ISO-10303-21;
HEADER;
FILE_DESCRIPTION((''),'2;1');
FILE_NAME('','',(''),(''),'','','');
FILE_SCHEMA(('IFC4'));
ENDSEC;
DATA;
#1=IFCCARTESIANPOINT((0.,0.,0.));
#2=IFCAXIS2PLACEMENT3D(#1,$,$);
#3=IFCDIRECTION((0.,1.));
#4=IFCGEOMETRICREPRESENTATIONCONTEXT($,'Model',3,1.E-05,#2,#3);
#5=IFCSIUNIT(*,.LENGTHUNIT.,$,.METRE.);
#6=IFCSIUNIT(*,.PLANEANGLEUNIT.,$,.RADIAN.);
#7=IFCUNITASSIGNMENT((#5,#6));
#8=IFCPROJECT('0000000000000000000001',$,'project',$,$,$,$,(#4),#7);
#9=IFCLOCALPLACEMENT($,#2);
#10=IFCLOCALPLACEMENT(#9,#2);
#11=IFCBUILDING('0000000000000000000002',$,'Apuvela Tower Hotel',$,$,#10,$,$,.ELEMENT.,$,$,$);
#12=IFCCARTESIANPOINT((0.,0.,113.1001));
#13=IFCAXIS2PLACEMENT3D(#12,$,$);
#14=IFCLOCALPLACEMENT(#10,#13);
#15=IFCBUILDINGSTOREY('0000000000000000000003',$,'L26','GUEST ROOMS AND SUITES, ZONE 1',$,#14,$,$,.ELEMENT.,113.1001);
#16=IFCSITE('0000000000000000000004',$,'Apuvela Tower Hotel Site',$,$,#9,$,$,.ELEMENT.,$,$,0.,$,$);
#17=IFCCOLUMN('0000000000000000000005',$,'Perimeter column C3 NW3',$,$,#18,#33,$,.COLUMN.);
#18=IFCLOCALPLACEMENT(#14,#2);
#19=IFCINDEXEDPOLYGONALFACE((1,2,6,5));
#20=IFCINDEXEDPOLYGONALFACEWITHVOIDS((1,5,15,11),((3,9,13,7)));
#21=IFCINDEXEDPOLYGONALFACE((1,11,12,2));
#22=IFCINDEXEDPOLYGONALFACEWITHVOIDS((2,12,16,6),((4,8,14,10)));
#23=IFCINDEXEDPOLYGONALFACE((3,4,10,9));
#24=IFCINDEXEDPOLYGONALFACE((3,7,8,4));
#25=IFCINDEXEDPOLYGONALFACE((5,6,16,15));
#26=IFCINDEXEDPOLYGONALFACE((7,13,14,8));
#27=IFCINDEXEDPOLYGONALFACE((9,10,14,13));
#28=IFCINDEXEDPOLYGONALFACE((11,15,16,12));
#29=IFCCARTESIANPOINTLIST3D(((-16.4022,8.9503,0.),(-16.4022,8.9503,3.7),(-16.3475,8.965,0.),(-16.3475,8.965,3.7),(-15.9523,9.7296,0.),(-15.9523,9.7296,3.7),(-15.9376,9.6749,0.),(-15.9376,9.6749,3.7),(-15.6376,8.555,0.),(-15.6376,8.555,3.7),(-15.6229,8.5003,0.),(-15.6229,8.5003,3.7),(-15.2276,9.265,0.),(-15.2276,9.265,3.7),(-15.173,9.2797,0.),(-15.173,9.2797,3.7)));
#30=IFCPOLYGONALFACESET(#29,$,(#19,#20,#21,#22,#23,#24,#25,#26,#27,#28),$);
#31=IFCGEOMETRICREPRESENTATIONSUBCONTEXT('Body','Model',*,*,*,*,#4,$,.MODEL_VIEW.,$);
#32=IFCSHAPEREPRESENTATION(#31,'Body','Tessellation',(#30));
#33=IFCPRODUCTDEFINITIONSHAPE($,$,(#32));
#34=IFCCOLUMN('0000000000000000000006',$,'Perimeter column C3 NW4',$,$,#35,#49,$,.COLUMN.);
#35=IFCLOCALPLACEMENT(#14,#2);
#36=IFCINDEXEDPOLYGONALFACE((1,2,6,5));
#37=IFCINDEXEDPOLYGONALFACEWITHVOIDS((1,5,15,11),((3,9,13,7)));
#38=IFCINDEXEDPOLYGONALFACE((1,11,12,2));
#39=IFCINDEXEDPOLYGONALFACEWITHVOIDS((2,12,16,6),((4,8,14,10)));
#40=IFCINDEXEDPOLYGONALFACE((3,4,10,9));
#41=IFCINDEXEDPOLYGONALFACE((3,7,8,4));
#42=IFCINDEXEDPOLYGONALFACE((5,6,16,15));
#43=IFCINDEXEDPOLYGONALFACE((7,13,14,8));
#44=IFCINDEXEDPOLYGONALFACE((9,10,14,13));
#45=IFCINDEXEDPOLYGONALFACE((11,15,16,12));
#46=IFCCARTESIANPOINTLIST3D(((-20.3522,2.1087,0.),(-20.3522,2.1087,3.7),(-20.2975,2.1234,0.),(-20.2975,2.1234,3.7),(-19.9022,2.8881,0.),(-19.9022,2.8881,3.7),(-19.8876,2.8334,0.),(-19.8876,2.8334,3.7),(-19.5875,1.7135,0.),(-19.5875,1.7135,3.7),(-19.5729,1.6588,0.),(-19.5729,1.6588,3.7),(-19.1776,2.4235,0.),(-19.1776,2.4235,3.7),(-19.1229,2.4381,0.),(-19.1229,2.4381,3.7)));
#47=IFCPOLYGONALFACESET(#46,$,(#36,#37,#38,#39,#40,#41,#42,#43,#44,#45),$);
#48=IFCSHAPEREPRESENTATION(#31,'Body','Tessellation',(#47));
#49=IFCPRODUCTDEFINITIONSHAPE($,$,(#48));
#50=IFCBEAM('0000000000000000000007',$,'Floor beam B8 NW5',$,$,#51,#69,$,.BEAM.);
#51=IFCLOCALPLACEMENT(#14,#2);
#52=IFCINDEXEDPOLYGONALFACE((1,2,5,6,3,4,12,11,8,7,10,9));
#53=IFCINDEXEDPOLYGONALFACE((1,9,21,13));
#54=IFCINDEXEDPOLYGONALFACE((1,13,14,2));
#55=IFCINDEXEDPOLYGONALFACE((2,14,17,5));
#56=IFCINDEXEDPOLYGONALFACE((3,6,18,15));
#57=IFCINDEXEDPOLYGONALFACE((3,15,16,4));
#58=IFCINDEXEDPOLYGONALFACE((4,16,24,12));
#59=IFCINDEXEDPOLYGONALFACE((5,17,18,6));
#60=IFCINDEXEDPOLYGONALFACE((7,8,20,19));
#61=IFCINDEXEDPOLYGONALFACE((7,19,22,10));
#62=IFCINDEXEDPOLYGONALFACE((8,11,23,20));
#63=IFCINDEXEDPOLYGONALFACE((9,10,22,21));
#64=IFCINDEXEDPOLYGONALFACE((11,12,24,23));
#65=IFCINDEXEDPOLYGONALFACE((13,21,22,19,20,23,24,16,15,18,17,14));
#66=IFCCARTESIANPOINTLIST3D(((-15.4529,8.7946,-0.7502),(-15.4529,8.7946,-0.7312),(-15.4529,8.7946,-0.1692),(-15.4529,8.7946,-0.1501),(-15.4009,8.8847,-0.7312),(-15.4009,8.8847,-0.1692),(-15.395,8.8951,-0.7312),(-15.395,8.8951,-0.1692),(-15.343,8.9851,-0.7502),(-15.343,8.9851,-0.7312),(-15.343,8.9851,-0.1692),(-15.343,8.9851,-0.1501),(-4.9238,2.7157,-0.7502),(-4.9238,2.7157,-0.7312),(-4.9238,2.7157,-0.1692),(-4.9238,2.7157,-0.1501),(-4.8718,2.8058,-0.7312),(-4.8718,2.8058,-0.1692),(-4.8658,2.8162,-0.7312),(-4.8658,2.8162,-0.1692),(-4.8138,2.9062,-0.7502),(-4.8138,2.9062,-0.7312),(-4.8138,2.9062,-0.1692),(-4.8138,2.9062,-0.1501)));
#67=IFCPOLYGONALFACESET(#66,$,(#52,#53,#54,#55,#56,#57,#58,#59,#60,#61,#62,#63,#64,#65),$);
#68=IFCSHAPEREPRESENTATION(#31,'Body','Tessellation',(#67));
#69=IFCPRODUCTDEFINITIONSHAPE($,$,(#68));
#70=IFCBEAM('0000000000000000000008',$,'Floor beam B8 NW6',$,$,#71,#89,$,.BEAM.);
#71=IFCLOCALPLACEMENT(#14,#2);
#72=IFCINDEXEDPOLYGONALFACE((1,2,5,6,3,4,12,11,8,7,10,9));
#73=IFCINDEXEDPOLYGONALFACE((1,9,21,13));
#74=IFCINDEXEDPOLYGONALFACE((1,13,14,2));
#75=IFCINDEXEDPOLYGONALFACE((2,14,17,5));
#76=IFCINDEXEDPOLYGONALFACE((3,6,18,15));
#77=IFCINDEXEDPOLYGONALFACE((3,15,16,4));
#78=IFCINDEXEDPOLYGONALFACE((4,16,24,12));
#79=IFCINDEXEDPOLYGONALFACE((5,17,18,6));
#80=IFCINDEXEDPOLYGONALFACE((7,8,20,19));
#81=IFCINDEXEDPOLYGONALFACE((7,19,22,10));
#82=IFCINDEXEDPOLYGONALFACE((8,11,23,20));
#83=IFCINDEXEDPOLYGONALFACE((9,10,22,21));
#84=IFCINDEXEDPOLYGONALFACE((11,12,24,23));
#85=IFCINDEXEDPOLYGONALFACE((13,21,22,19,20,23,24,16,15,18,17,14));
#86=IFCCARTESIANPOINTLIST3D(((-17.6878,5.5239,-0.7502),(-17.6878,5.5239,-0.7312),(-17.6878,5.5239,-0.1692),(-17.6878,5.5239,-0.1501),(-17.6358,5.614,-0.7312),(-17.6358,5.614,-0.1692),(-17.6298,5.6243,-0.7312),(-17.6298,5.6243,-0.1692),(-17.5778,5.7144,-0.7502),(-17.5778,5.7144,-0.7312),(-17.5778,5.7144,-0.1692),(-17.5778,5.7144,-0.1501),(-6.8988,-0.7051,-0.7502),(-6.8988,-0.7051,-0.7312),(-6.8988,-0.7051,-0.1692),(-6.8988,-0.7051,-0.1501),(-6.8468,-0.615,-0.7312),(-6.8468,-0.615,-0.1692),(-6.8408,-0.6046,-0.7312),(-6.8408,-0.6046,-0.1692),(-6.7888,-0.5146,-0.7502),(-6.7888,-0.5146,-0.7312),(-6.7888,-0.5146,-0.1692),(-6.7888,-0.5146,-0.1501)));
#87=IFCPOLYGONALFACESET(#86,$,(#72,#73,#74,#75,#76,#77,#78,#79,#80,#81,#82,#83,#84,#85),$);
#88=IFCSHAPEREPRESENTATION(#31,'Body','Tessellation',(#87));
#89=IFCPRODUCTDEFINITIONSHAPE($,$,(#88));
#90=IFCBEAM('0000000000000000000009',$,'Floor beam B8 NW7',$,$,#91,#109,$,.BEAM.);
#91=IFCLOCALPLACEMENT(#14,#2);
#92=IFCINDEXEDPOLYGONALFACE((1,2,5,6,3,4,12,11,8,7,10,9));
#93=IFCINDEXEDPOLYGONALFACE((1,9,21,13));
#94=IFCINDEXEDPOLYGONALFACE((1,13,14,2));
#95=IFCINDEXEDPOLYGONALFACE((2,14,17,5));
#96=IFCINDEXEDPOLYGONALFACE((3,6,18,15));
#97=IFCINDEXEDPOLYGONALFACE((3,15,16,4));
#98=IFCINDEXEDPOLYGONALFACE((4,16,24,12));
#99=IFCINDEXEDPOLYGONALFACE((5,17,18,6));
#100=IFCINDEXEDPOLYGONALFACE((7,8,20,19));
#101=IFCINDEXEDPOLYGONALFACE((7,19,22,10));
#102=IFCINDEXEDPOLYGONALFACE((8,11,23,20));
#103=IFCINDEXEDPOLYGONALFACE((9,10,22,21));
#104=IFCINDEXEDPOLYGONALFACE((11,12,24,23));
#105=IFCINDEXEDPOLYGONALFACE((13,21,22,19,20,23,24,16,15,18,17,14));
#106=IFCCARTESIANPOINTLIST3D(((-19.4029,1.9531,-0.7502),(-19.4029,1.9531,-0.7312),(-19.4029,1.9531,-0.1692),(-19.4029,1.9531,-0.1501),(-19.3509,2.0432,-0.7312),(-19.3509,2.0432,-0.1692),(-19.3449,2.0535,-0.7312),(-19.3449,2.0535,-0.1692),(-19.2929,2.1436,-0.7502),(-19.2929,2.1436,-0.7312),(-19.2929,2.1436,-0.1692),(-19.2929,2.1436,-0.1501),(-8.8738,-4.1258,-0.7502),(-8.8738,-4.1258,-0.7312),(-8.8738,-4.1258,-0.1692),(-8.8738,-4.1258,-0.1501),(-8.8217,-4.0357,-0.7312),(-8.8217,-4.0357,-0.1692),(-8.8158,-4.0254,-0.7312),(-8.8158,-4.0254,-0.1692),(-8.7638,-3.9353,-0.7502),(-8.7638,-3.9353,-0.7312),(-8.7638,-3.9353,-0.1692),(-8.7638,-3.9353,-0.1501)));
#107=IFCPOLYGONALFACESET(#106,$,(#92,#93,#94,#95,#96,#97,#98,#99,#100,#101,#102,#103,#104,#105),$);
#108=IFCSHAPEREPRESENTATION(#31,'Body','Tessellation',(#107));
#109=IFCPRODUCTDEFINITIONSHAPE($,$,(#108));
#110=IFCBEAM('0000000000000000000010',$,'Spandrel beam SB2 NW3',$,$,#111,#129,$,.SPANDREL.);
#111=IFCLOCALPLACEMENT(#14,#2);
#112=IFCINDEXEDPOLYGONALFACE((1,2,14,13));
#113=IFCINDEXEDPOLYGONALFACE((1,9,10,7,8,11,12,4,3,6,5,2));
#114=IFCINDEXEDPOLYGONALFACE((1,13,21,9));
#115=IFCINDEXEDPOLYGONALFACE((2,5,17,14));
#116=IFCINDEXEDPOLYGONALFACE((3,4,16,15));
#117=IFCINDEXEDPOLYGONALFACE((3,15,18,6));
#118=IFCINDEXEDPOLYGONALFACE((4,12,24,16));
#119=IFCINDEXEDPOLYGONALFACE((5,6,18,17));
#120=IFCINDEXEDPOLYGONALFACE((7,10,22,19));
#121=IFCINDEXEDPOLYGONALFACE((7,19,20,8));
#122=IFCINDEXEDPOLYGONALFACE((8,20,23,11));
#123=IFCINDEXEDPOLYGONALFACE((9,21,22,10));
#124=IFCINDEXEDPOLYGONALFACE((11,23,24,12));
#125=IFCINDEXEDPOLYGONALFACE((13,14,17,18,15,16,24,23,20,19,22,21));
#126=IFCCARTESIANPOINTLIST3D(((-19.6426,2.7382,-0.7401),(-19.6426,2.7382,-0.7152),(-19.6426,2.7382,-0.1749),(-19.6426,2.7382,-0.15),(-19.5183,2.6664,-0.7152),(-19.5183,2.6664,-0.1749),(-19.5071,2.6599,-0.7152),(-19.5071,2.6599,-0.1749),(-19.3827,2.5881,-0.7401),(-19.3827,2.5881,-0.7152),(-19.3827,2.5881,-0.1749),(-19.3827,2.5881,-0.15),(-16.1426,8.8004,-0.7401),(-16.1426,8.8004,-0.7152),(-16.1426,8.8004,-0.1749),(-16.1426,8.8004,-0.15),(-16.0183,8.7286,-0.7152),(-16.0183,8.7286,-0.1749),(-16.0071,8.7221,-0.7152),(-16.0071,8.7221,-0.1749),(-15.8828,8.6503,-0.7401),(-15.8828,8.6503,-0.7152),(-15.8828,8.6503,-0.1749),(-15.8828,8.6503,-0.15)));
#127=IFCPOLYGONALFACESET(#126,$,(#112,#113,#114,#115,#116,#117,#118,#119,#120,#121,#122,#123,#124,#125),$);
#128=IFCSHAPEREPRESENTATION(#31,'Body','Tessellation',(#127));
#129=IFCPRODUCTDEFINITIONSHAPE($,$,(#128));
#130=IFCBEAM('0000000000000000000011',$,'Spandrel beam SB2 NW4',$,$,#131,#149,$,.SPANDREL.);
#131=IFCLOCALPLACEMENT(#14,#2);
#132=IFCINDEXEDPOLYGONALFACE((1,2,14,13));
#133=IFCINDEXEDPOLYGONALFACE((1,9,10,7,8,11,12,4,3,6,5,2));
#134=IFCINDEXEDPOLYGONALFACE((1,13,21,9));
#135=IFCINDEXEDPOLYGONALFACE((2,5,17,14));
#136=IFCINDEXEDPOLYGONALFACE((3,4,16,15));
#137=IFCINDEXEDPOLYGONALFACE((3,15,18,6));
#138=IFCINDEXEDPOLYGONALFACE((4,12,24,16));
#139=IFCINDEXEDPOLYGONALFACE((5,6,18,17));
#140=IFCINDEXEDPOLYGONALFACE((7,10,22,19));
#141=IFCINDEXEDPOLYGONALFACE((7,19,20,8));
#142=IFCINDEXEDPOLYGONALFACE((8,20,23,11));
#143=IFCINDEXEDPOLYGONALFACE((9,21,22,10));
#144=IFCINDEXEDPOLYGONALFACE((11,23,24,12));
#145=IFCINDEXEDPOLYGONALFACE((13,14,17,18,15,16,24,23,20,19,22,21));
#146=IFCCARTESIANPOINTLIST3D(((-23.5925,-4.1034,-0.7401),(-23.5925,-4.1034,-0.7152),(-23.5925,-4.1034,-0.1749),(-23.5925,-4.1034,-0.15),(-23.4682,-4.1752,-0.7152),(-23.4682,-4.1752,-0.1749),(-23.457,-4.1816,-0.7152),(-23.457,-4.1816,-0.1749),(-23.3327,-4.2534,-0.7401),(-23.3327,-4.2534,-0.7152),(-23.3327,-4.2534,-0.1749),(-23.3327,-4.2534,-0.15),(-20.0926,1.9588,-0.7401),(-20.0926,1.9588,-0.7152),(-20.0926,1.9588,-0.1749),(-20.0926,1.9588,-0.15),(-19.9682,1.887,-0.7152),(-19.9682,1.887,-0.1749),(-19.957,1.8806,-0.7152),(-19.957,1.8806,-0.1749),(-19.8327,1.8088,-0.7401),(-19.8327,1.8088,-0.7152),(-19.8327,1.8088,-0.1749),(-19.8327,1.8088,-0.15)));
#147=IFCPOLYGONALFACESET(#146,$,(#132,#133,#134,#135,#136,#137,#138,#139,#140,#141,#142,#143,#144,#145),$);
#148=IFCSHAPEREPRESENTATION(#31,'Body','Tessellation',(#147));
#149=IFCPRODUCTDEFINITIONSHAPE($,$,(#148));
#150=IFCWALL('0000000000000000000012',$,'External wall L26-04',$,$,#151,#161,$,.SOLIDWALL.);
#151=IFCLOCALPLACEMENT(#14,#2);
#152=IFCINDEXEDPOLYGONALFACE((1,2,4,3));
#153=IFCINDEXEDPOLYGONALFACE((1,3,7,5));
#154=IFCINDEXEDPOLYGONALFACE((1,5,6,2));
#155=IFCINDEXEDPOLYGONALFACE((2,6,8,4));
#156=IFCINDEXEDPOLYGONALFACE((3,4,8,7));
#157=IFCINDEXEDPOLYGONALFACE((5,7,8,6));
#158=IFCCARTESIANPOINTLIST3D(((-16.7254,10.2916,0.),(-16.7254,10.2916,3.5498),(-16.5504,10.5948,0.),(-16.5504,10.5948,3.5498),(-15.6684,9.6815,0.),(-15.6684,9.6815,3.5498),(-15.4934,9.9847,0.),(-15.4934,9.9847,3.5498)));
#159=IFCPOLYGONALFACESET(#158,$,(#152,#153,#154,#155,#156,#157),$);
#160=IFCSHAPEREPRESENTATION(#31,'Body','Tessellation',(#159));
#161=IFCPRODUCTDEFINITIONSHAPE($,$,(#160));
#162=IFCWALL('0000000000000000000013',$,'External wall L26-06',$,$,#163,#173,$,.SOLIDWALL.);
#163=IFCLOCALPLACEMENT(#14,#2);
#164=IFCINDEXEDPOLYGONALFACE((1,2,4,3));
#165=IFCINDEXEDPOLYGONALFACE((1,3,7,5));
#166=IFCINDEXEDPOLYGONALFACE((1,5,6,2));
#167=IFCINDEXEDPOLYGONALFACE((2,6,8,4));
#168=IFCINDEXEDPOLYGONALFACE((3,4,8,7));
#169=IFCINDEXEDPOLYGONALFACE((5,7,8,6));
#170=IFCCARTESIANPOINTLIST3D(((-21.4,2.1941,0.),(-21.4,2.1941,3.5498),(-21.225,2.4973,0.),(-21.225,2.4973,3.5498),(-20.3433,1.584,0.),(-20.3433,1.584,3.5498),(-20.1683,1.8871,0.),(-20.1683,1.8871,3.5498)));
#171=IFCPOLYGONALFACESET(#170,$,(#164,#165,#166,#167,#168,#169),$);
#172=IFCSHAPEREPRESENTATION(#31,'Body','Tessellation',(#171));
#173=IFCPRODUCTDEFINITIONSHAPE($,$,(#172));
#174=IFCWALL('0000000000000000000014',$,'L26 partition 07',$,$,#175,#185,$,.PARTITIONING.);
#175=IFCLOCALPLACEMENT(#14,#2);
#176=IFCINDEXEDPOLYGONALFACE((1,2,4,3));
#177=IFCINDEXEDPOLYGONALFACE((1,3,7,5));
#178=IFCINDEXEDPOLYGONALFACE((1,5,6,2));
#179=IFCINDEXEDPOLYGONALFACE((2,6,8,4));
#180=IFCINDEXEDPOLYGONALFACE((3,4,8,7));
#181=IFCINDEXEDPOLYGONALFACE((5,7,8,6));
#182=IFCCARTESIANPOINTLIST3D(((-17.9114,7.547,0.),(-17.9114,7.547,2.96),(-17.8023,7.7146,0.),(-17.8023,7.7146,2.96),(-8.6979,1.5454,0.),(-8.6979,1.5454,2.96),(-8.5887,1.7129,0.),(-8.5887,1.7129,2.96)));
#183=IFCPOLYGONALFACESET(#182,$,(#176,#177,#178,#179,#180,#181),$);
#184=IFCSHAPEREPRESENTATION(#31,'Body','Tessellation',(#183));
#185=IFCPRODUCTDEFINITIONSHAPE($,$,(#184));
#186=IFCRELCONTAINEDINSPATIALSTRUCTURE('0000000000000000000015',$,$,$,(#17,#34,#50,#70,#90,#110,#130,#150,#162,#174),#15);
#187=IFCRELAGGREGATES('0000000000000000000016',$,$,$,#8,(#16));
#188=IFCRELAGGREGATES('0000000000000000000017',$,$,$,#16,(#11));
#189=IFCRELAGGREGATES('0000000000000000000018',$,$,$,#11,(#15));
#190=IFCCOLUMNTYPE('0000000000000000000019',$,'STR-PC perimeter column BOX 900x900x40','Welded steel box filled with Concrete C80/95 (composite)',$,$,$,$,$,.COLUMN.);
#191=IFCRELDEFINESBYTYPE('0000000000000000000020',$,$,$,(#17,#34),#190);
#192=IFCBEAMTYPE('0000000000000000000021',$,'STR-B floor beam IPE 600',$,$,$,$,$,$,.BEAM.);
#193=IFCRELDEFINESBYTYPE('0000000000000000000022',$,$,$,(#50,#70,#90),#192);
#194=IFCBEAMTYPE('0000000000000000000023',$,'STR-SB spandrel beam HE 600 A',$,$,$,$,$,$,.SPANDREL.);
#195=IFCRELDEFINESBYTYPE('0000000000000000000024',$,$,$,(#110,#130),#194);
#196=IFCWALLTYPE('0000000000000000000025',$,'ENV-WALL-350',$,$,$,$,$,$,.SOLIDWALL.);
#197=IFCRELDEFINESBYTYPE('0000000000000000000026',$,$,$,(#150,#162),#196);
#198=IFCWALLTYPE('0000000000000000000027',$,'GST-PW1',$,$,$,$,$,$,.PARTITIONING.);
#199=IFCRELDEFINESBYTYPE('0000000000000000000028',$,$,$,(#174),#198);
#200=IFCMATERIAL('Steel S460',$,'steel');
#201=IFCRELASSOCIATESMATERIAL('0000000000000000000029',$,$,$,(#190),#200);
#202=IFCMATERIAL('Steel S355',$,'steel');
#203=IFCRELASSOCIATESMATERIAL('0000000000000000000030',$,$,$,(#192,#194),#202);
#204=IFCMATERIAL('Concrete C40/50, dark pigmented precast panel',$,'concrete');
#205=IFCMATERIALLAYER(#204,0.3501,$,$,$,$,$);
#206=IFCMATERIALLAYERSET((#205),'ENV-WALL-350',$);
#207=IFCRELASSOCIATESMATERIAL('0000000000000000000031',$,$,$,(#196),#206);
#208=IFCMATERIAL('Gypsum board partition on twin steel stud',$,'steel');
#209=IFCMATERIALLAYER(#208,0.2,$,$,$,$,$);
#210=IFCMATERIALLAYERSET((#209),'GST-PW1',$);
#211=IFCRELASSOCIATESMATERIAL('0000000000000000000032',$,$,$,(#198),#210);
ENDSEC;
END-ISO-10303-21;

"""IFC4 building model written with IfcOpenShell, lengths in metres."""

from ifc_helpers import new_model, si_unit, direction, frame, frame_2d, origin, origin_2d, place, context, subcontext, project, spatial, rectangle, hollow_rectangle, i_section, extrude, material, layer, layer_set, material_profile, profile_set, type_object, element, save


model = new_model("IFC4")

# Units and contexts
model_context = context("Model", 3, precision=1e-05, world=origin(), true_north=direction((0.0, 1.0)))
body_context = subcontext(model_context, "Body", "Model", "MODEL_VIEW")
ifc_project = project(units=[si_unit("LENGTHUNIT", "METRE"), si_unit("PLANEANGLEUNIT", "RADIAN")], contexts=[model_context])

# Site, building, storey
site_placement = place(None, origin())
site = spatial("IfcSite", under=ifc_project, at=site_placement, Name="Apuvela Tower Hotel Site", CompositionType="ELEMENT", RefElevation=0.0)
building_placement = place(site_placement, origin())
building = spatial("IfcBuilding", under=site, at=building_placement, Name="Apuvela Tower Hotel", CompositionType="ELEMENT")
storey_placement = place(building_placement, frame((0.0, 0.0, 113.1001)))
storey = spatial("IfcBuildingStorey", under=building, at=storey_placement, Name="L26", Description="GUEST ROOMS AND SUITES, ZONE 1", CompositionType="ELEMENT", Elevation=113.1001)

# Columns
ifc_material_1 = material(Name="Steel S460", Category="steel")
ifc_material_profile_1 = material_profile(ifc_material_1, hollow_rectangle(XDim=0.8999, YDim=0.8999, WallThickness=0.04, at=origin_2d()), Name="BOX 900x900x40")
ifc_material_2 = material(Name="Concrete C80/95", Category="concrete")
ifc_material_profile_2 = material_profile(ifc_material_2, rectangle(XDim=0.8201, YDim=0.8201, at=origin_2d()), Name="Concrete C80/95 infill")
ifc_profile_set_1 = profile_set([ifc_material_profile_1, ifc_material_profile_2], Name="Steel S460")
column_type = type_object("IfcColumnType", Name="STR-PC perimeter column BOX 900x900x40", Description="Welded steel box filled with Concrete C80/95 (composite)", PredefinedType="COLUMN", material=ifc_profile_set_1)
for number, where, z_axis, x_axis, name in (
    (1, (-15.7876, 9.115, 0.0), (0.0, 0.0, 1.0), (0.5, 0.866025, 0.0), "Perimeter column C3 NW3"),
    (2, (-19.7375, 2.2734, 0.0), (0.0, 0.0, 1.0), (0.5, 0.866025, 0.0), "Perimeter column C3 NW4"),
):
    element("IfcColumn", number, at=place(storey_placement, frame(where, z_axis=z_axis, x_axis=x_axis)), inside=storey, type_object=column_type, Name=name, PredefinedType="COLUMN", context=body_context, shape_type="SweptSolid", body=[
        extrude(hollow_rectangle(XDim=0.8999, YDim=0.8999, WallThickness=0.04, at=origin_2d()), origin(), (0.0, 0.0, 1.0), 3.7),
    ])

# Beams
ifc_material_3 = material(Name="Steel S355", Category="steel")
ifc_material_profile_3 = material_profile(ifc_material_3, i_section(OverallWidth=0.22, OverallDepth=0.6001, WebThickness=0.012, FlangeThickness=0.019, at=origin_2d()), Name="IPE 600")
ifc_profile_set_2 = profile_set([ifc_material_profile_3], Name="Steel S355")
beam_type_1 = type_object("IfcBeamType", Name="STR-B floor beam IPE 600", PredefinedType="BEAM", material=ifc_profile_set_2)
beam_1_placement = place(storey_placement, frame((-15.3979, 8.8899, -0.4502), z_axis=(0.866029, -0.499994, 0.0), x_axis=(0.499994, 0.866029, 0.0)))
element("IfcBeam", 3, at=beam_1_placement, inside=storey, type_object=beam_type_1, Name="Floor beam B8 NW5", PredefinedType="BEAM", context=body_context, shape_type="SweptSolid", body=[
    extrude(i_section(OverallWidth=0.22, OverallDepth=0.6001, WebThickness=0.012, FlangeThickness=0.019, at=origin_2d()), origin(), (0.0, 0.0, 1.0), 12.158),
])
beam_2_placement = place(storey_placement, frame((-17.6328, 5.6191, -0.4502), z_axis=(0.866028, -0.499996, 0.0), x_axis=(0.499996, 0.866028, 0.0)))
element("IfcBeam", 4, at=beam_2_placement, inside=storey, type_object=beam_type_1, Name="Floor beam B8 NW6", PredefinedType="BEAM", context=body_context, shape_type="SweptSolid", body=[
    extrude(i_section(OverallWidth=0.22, OverallDepth=0.6001, WebThickness=0.012, FlangeThickness=0.019, at=origin_2d()), origin(), (0.0, 0.0, 1.0), 12.458),
])
beam_3_placement = place(storey_placement, frame((-19.3479, 2.0483, -0.4502), z_axis=(0.866029, -0.499994, 0.0), x_axis=(0.499994, 0.866029, 0.0)))
element("IfcBeam", 5, at=beam_3_placement, inside=storey, type_object=beam_type_1, Name="Floor beam B8 NW7", PredefinedType="BEAM", context=body_context, shape_type="SweptSolid", body=[
    extrude(i_section(OverallWidth=0.22, OverallDepth=0.6001, WebThickness=0.012, FlangeThickness=0.019, at=origin_2d()), origin(), (0.0, 0.0, 1.0), 12.158),
])
ifc_material_profile_4 = material_profile(ifc_material_3, i_section(OverallWidth=0.3, OverallDepth=0.5901, WebThickness=0.0129, FlangeThickness=0.0249, at=origin_2d()), Name="HE 600 A")
ifc_profile_set_3 = profile_set([ifc_material_profile_4], Name="Steel S355")
beam_type_2 = type_object("IfcBeamType", Name="STR-SB spandrel beam HE 600 A", PredefinedType="SPANDREL", material=ifc_profile_set_3)
for number, where, z_axis, x_axis, name in (
    (6, (-16.0127, 8.7253, -0.4451), (-0.499995, -0.866028, 0.0), (0.866028, -0.499995, 0.0), "Spandrel beam SB2 NW3"),
    (7, (-19.9626, 1.8838, -0.4451), (-0.499995, -0.866028, 0.0), (0.866028, -0.499995, 0.0), "Spandrel beam SB2 NW4"),
):
    element("IfcBeam", number, at=place(storey_placement, frame(where, z_axis=z_axis, x_axis=x_axis)), inside=storey, type_object=beam_type_2, Name=name, PredefinedType="SPANDREL", context=body_context, shape_type="SweptSolid", body=[
        extrude(i_section(OverallWidth=0.3, OverallDepth=0.5901, WebThickness=0.0129, FlangeThickness=0.0249, at=origin_2d()), origin(), (0.0, 0.0, 1.0), 7.0),
    ])

# Walls
ifc_material_4 = material(Name="Concrete C40/50, dark pigmented precast panel", Category="concrete")
ifc_layer_1 = layer(ifc_material_4, 0.3501)
ifc_layer_set_1 = layer_set([ifc_layer_1], Name="ENV-WALL-350")
wall_type_1 = type_object("IfcWallType", Name="ENV-WALL-350", PredefinedType="SOLIDWALL", material=ifc_layer_set_1)
wall_1_placement = place(storey_placement, frame((-15.5808, 9.833, 0.0), z_axis=(0.0, 0.0, 1.0), x_axis=(-0.866056, 0.499948, 0.0)))
element("IfcWall", 8, at=wall_1_placement, inside=storey, type_object=wall_type_1, Name="External wall L26-04", PredefinedType="SOLIDWALL", context=body_context, shape_type="SweptSolid", body=[
    extrude(rectangle(XDim=1.2205, YDim=0.3501, at=frame_2d((0.6104, 0.0))), origin(), (0.0, 0.0, 1.0), 3.5498),
])
wall_2_placement = place(storey_placement, frame((-21.3125, 2.3457, 0.0), z_axis=(0.0, 0.0, 1.0), x_axis=(0.866006, -0.500034, 0.0)))
element("IfcWall", 9, at=wall_2_placement, inside=storey, type_object=wall_type_1, Name="External wall L26-06", PredefinedType="SOLIDWALL", context=body_context, shape_type="SweptSolid", body=[
    extrude(rectangle(XDim=1.2202, YDim=0.3501, at=frame_2d((0.6101, 0.0))), origin(), (0.0, 0.0, 1.0), 3.5498),
])

# Wall
ifc_material_5 = material(Name="Gypsum board partition on twin steel stud", Category="steel")
ifc_layer_2 = layer(ifc_material_5, 0.2)
ifc_layer_set_2 = layer_set([ifc_layer_2], Name="GST-PW1")
wall_type_2 = type_object("IfcWallType", Name="GST-PW1", PredefinedType="PARTITIONING", material=ifc_layer_set_2)
wall_3_placement = place(storey_placement, frame((-17.8569, 7.6309, 0.0), z_axis=(0.0, 0.0, 1.0), x_axis=(0.837909, -0.54581, 0.0)))
element("IfcWall", 10, at=wall_3_placement, inside=storey, type_object=wall_type_2, Name="L26 partition 07", PredefinedType="PARTITIONING", context=body_context, shape_type="SweptSolid", body=[
    extrude(rectangle(XDim=10.9958, YDim=0.2, at=frame_2d((5.498, 0.0))), origin(), (0.0, 0.0, 1.0), 2.96),
])

save(model, "model.ifc")
